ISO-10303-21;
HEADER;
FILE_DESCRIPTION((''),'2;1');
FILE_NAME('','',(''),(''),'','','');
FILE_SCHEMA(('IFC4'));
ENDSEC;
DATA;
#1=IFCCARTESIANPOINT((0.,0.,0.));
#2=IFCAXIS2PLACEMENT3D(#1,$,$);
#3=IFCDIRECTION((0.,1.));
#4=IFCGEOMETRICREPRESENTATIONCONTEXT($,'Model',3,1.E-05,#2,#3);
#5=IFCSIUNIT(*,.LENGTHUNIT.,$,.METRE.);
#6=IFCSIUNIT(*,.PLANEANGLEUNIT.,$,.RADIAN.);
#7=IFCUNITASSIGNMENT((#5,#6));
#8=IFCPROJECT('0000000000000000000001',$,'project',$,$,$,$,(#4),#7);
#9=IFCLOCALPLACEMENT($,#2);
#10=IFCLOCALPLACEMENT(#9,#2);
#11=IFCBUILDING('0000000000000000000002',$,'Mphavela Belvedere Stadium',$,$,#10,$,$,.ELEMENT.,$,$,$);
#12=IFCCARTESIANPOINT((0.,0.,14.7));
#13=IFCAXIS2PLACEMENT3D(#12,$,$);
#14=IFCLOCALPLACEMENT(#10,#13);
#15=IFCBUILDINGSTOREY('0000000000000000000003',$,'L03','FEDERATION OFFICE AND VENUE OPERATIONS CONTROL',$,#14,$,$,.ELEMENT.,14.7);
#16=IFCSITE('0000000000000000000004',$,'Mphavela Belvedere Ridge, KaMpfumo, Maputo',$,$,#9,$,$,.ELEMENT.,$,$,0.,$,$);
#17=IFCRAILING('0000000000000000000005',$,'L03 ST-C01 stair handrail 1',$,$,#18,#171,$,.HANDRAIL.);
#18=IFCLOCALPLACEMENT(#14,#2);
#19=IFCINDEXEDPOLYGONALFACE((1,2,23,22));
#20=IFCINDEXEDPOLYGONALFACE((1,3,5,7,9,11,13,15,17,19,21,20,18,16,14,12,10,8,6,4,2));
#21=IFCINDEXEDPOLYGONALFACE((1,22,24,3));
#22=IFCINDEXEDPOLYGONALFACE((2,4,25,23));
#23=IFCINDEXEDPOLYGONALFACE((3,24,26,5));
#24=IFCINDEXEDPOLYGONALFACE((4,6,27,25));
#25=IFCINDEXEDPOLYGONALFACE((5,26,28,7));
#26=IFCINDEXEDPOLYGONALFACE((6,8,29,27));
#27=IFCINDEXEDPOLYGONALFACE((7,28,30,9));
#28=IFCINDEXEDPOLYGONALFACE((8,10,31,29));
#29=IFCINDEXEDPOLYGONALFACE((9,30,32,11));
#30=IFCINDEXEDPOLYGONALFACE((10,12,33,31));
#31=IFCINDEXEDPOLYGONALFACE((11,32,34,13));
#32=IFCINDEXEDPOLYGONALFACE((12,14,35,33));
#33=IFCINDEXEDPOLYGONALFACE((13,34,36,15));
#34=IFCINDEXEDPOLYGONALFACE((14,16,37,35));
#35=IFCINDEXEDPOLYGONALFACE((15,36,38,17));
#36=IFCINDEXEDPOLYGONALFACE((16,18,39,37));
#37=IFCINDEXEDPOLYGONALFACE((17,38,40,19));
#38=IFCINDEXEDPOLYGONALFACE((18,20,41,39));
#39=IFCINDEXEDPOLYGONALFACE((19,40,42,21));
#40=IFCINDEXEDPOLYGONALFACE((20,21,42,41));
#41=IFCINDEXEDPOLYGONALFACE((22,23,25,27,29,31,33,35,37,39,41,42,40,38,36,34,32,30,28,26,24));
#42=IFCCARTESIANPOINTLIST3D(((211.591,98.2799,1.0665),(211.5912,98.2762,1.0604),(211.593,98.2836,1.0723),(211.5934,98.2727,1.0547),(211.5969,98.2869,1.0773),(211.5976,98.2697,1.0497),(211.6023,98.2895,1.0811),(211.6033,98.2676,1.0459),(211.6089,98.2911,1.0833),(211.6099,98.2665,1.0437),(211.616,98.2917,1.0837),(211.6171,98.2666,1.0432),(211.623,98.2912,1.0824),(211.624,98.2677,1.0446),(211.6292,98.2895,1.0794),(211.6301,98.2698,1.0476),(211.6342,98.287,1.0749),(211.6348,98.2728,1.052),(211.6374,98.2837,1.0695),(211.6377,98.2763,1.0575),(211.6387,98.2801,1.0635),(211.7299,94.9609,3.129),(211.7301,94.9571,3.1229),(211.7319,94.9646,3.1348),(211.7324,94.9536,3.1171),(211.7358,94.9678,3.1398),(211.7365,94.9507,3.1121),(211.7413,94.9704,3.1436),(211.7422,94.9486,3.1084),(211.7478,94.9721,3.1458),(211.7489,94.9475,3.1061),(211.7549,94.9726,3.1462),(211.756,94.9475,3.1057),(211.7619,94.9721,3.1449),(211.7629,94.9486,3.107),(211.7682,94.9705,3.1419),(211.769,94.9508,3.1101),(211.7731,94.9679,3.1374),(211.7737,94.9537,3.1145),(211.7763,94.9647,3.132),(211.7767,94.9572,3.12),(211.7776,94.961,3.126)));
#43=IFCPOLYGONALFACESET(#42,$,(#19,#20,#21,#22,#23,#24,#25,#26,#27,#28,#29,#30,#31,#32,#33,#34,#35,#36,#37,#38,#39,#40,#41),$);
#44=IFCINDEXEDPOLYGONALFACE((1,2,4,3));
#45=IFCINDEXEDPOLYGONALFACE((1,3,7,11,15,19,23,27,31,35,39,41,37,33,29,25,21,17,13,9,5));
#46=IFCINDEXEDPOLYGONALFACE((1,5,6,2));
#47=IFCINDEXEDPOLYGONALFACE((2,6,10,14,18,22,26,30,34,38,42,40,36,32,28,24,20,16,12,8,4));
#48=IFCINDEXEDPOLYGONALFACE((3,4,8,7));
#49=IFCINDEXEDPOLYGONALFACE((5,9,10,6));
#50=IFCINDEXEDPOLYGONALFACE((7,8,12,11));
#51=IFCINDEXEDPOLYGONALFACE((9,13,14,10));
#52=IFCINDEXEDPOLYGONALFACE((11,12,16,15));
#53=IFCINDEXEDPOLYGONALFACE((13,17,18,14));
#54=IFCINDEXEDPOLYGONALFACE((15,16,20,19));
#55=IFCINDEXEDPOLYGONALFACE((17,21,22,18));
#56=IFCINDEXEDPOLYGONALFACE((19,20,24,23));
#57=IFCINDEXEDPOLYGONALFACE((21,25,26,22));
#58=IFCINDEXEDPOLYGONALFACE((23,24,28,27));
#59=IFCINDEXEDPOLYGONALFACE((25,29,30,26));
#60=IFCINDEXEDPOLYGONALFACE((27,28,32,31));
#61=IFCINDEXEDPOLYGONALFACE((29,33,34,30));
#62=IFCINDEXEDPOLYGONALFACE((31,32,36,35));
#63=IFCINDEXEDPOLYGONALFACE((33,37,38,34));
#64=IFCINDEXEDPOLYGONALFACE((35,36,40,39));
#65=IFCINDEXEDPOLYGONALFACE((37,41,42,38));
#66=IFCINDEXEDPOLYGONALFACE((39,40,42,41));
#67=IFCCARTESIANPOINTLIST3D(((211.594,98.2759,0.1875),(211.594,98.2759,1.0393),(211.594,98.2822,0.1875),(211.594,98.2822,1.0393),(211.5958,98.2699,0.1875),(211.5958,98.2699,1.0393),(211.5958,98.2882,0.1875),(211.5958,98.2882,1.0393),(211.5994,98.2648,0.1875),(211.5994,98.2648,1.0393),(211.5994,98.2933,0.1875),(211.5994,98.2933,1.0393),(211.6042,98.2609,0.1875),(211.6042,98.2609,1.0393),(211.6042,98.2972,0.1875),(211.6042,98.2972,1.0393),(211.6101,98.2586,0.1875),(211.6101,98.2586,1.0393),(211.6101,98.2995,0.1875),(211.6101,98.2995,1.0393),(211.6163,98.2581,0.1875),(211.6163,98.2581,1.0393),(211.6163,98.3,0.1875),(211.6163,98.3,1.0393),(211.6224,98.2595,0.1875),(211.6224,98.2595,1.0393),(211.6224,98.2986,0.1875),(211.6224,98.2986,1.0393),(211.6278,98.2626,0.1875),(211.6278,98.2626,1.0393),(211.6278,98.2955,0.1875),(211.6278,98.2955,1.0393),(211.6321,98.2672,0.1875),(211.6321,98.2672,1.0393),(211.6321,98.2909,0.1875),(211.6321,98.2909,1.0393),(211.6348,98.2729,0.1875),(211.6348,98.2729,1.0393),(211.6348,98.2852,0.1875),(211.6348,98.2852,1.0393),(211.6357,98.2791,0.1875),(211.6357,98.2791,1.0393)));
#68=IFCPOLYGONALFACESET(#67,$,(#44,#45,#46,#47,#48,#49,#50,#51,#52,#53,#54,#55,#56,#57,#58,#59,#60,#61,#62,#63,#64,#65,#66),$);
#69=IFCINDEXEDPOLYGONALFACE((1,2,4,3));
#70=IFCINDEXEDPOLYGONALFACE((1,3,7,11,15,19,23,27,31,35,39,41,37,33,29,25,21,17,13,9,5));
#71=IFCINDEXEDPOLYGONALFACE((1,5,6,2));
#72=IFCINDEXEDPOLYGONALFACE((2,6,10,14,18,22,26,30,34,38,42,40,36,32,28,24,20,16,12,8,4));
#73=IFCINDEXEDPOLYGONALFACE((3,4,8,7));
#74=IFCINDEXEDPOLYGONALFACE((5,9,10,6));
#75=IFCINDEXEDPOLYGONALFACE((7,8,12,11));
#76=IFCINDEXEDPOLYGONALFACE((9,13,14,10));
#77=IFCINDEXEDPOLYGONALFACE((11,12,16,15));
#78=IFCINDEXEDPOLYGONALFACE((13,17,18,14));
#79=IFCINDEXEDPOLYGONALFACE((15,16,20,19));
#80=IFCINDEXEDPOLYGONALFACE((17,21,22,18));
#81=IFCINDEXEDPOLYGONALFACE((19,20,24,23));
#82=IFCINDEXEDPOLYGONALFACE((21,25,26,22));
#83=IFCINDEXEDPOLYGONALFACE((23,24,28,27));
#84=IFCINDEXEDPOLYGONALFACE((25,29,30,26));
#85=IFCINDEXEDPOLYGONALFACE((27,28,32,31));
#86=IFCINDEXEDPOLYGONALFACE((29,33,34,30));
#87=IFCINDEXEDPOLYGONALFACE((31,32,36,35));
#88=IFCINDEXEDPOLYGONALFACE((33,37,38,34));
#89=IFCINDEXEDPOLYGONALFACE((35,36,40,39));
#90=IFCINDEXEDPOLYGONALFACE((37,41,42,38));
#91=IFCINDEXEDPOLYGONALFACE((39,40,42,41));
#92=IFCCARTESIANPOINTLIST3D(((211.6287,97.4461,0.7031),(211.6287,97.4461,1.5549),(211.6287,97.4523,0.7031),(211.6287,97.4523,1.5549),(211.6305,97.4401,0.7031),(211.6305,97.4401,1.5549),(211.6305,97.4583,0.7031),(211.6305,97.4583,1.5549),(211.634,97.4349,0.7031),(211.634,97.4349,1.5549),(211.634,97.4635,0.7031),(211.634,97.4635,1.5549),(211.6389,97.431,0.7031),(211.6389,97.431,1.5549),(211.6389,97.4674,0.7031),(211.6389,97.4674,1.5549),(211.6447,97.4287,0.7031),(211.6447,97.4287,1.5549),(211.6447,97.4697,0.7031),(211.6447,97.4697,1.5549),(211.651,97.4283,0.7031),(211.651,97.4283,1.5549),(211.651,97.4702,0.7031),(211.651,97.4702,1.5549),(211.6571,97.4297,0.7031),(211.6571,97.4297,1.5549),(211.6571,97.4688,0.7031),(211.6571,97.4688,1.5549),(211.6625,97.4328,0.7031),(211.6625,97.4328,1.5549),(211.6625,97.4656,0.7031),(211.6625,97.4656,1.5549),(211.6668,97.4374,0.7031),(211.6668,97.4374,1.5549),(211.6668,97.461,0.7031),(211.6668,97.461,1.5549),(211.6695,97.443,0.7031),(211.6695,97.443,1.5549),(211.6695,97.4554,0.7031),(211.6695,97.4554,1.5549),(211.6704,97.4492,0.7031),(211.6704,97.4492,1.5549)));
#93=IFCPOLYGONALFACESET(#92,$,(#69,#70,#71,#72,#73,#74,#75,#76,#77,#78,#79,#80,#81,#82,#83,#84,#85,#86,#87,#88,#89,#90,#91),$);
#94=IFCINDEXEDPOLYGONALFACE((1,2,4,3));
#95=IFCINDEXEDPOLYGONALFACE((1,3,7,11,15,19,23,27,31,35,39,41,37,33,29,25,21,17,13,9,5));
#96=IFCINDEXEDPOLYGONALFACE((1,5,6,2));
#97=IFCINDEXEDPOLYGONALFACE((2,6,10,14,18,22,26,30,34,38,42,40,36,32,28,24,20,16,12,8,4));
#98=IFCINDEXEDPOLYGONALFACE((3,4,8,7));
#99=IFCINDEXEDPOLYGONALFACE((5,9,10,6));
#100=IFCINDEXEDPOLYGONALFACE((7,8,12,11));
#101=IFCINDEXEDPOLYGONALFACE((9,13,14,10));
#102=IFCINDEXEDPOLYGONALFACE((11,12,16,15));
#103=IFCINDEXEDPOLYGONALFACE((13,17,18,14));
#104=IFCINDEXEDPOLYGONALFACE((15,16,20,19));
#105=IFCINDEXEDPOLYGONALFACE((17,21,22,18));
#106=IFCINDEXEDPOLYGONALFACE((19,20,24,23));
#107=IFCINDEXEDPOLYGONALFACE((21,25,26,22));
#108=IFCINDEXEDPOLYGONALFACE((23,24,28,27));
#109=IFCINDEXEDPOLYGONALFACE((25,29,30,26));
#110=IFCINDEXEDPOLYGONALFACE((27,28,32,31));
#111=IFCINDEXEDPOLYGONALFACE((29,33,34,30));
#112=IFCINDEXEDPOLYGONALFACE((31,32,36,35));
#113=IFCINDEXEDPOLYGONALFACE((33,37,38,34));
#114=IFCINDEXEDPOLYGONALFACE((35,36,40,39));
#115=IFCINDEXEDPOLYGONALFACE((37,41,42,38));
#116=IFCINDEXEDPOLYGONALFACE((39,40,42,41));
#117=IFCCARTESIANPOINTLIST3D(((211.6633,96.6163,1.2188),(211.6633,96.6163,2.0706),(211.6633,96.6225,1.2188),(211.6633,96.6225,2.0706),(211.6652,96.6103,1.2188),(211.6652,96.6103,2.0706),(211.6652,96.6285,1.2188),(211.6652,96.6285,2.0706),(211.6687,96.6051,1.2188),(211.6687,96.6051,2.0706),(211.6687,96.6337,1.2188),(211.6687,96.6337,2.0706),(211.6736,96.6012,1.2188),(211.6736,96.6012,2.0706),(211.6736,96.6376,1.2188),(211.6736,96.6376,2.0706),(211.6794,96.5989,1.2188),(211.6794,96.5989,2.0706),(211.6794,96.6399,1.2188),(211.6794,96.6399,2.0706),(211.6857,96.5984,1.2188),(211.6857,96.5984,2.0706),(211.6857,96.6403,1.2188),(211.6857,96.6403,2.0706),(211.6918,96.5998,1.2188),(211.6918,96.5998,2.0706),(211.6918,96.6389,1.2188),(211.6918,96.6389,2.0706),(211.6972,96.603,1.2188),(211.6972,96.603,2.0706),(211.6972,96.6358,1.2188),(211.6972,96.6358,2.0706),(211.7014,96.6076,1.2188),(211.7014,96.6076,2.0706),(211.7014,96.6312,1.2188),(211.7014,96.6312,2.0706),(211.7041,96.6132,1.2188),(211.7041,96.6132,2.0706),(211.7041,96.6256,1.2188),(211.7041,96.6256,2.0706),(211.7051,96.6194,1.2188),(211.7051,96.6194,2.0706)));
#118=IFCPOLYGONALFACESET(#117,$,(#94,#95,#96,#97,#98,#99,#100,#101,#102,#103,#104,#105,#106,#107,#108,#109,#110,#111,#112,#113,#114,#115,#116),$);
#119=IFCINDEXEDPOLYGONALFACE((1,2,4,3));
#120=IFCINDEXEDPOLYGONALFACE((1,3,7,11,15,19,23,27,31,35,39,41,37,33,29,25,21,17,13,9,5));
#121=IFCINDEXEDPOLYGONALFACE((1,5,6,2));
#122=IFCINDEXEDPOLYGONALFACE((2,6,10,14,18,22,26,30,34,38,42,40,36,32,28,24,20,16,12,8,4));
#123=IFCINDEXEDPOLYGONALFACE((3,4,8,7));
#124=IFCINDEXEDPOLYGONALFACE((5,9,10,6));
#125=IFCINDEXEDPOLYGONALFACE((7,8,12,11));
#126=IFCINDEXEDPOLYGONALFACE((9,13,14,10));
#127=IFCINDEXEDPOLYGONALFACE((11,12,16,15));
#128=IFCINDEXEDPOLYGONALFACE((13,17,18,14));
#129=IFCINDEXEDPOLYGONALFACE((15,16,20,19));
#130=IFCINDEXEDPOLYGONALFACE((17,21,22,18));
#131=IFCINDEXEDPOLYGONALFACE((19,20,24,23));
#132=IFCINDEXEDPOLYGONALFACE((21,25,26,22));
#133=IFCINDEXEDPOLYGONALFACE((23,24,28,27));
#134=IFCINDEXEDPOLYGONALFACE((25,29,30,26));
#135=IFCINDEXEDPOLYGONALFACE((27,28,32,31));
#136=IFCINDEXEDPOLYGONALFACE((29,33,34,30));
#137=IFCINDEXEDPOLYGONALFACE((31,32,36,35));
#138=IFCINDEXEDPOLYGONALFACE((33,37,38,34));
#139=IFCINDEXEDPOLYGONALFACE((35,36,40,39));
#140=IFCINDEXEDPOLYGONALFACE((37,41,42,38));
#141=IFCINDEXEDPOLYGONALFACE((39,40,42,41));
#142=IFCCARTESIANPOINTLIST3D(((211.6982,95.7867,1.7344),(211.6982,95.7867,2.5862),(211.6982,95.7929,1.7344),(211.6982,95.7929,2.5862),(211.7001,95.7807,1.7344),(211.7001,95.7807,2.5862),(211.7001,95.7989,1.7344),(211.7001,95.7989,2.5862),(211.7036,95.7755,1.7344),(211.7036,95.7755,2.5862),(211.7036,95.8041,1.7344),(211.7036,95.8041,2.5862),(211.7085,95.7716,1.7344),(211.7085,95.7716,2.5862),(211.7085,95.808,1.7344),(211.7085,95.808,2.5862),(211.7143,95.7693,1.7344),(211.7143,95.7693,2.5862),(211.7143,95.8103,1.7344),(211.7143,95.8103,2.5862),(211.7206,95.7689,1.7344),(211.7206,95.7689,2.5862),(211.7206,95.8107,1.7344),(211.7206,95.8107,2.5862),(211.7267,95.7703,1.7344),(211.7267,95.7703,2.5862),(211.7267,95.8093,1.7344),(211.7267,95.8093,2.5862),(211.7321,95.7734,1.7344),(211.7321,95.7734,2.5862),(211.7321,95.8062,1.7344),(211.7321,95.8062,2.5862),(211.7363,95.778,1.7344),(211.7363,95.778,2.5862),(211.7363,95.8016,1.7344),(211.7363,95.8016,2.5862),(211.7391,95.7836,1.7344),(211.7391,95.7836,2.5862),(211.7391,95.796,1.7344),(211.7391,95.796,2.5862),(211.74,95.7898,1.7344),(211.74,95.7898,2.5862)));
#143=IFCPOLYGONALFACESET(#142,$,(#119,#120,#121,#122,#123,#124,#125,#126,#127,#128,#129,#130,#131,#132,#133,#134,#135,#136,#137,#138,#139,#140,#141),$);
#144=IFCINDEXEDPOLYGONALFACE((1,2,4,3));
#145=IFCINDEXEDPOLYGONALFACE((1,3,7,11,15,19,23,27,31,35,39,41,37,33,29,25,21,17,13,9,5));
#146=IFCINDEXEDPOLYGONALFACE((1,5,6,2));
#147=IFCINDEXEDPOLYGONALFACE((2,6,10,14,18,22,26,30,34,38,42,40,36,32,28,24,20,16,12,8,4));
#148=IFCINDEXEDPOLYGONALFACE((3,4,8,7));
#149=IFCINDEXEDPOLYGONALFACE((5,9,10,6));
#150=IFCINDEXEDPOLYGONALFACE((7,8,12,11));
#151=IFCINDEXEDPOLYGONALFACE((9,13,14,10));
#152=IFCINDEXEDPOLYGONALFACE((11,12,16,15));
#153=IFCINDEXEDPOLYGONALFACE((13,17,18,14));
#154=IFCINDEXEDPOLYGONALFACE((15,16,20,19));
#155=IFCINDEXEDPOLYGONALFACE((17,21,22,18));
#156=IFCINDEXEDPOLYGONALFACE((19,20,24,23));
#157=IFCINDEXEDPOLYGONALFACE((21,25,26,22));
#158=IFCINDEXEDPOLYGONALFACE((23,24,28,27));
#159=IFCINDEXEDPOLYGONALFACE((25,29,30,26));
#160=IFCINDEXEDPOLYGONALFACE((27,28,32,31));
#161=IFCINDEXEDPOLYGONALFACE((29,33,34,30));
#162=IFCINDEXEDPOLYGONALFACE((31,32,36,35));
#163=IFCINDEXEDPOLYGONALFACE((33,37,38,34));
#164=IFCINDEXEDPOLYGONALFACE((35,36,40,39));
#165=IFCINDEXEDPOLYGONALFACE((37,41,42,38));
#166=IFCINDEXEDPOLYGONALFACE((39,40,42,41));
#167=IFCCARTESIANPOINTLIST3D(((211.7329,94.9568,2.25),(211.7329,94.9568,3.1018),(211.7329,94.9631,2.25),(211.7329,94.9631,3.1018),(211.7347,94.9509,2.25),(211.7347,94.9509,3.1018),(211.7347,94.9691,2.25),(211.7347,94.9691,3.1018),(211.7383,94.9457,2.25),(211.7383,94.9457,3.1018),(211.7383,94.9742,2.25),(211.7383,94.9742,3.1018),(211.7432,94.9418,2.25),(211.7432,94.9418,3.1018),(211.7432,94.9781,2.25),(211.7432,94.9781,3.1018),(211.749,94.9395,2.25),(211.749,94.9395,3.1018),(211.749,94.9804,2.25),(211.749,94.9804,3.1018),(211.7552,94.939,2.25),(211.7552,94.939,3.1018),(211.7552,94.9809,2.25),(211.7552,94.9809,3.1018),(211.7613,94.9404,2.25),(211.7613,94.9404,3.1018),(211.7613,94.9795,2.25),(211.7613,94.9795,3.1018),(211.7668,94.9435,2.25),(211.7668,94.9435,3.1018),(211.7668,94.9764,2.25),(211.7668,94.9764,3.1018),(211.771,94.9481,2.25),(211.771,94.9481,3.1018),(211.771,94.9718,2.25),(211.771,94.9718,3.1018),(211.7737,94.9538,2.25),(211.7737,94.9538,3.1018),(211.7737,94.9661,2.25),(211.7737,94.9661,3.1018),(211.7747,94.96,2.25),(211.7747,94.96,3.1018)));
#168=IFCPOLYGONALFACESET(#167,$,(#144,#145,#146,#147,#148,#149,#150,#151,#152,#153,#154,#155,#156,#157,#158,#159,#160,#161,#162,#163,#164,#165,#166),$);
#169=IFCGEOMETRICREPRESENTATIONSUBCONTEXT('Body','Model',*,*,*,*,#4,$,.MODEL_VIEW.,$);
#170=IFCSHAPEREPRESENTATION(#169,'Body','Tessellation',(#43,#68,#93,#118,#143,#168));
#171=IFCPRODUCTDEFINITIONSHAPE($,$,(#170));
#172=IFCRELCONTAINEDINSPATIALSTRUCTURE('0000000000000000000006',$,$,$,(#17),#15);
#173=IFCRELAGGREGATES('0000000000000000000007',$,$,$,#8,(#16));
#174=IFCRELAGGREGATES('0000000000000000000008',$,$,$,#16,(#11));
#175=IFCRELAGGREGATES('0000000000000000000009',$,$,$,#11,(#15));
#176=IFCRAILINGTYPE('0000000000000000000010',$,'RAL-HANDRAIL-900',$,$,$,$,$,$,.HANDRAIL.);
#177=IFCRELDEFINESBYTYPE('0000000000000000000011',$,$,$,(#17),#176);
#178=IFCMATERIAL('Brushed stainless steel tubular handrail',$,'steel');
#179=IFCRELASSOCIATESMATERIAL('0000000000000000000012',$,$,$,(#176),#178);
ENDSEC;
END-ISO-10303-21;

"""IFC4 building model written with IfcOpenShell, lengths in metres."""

from ifc_helpers import new_model, si_unit, direction, frame, origin, origin_2d, place, context, subcontext, project, spatial, circle, extrude, material, type_object, element, save


model = new_model("IFC4")

# Units and contexts
model_context = context("Model", 3, precision=1e-05, world=origin(), true_north=direction((0.0, 1.0)))
body_context = subcontext(model_context, "Body", "Model", "MODEL_VIEW")
ifc_project = project(units=[si_unit("LENGTHUNIT", "METRE"), si_unit("PLANEANGLEUNIT", "RADIAN")], contexts=[model_context])

# Site, building, storey
site_placement = place(None, origin())
site = spatial("IfcSite", under=ifc_project, at=site_placement, Name="Mphavela Belvedere Ridge, KaMpfumo, Maputo", CompositionType="ELEMENT", RefElevation=0.0)
building_placement = place(site_placement, origin())
building = spatial("IfcBuilding", under=site, at=building_placement, Name="Mphavela Belvedere Stadium", CompositionType="ELEMENT")
storey_placement = place(building_placement, frame((0.0, 0.0, 14.7)))
storey = spatial("IfcBuildingStorey", under=building, at=storey_placement, Name="L03", Description="FEDERATION OFFICE AND VENUE OPERATIONS CONTROL", CompositionType="ELEMENT", Elevation=14.7)

# Railing
ifc_material_1 = material(Name="Brushed stainless steel tubular handrail", Category="steel")
railing_type = type_object("IfcRailingType", Name="RAL-HANDRAIL-900", PredefinedType="HANDRAIL", material=ifc_material_1)
railing_placement = place(storey_placement, frame((211.6147, 98.2791, 0.1875)))
element("IfcRailing", 1, at=railing_placement, inside=storey, type_object=railing_type, Name="L03 ST-C01 stair handrail 1", PredefinedType="HANDRAIL", context=body_context, shape_type="SweptSolid", body=[
    extrude(circle(Radius=0.0239, at=origin_2d()), frame((0.0, 0.0, 0.876), z_axis=(0.035527, -0.848832, 0.527468), x_axis=(0.999125, 0.041817, 0.0)), (0.0, 0.0, 1.0), 3.9102),
    extrude(circle(Radius=0.021, at=origin_2d()), origin(), (0.0, 0.0, 1.0), 0.8518),
    extrude(circle(Radius=0.021, at=origin_2d()), frame((0.0347, -0.8298, 0.5156)), (0.0, 0.0, 1.0), 0.8518),
    extrude(circle(Radius=0.021, at=origin_2d()), frame((0.0693, -1.6597, 1.0312)), (0.0, 0.0, 1.0), 0.8518),
    extrude(circle(Radius=0.021, at=origin_2d()), frame((0.1042, -2.4893, 1.5469)), (0.0, 0.0, 1.0), 0.8518),
    extrude(circle(Radius=0.021, at=origin_2d()), frame((0.1389, -3.3191, 2.0625)), (0.0, 0.0, 1.0), 0.8518),
])

save(model, "model.ifc")
